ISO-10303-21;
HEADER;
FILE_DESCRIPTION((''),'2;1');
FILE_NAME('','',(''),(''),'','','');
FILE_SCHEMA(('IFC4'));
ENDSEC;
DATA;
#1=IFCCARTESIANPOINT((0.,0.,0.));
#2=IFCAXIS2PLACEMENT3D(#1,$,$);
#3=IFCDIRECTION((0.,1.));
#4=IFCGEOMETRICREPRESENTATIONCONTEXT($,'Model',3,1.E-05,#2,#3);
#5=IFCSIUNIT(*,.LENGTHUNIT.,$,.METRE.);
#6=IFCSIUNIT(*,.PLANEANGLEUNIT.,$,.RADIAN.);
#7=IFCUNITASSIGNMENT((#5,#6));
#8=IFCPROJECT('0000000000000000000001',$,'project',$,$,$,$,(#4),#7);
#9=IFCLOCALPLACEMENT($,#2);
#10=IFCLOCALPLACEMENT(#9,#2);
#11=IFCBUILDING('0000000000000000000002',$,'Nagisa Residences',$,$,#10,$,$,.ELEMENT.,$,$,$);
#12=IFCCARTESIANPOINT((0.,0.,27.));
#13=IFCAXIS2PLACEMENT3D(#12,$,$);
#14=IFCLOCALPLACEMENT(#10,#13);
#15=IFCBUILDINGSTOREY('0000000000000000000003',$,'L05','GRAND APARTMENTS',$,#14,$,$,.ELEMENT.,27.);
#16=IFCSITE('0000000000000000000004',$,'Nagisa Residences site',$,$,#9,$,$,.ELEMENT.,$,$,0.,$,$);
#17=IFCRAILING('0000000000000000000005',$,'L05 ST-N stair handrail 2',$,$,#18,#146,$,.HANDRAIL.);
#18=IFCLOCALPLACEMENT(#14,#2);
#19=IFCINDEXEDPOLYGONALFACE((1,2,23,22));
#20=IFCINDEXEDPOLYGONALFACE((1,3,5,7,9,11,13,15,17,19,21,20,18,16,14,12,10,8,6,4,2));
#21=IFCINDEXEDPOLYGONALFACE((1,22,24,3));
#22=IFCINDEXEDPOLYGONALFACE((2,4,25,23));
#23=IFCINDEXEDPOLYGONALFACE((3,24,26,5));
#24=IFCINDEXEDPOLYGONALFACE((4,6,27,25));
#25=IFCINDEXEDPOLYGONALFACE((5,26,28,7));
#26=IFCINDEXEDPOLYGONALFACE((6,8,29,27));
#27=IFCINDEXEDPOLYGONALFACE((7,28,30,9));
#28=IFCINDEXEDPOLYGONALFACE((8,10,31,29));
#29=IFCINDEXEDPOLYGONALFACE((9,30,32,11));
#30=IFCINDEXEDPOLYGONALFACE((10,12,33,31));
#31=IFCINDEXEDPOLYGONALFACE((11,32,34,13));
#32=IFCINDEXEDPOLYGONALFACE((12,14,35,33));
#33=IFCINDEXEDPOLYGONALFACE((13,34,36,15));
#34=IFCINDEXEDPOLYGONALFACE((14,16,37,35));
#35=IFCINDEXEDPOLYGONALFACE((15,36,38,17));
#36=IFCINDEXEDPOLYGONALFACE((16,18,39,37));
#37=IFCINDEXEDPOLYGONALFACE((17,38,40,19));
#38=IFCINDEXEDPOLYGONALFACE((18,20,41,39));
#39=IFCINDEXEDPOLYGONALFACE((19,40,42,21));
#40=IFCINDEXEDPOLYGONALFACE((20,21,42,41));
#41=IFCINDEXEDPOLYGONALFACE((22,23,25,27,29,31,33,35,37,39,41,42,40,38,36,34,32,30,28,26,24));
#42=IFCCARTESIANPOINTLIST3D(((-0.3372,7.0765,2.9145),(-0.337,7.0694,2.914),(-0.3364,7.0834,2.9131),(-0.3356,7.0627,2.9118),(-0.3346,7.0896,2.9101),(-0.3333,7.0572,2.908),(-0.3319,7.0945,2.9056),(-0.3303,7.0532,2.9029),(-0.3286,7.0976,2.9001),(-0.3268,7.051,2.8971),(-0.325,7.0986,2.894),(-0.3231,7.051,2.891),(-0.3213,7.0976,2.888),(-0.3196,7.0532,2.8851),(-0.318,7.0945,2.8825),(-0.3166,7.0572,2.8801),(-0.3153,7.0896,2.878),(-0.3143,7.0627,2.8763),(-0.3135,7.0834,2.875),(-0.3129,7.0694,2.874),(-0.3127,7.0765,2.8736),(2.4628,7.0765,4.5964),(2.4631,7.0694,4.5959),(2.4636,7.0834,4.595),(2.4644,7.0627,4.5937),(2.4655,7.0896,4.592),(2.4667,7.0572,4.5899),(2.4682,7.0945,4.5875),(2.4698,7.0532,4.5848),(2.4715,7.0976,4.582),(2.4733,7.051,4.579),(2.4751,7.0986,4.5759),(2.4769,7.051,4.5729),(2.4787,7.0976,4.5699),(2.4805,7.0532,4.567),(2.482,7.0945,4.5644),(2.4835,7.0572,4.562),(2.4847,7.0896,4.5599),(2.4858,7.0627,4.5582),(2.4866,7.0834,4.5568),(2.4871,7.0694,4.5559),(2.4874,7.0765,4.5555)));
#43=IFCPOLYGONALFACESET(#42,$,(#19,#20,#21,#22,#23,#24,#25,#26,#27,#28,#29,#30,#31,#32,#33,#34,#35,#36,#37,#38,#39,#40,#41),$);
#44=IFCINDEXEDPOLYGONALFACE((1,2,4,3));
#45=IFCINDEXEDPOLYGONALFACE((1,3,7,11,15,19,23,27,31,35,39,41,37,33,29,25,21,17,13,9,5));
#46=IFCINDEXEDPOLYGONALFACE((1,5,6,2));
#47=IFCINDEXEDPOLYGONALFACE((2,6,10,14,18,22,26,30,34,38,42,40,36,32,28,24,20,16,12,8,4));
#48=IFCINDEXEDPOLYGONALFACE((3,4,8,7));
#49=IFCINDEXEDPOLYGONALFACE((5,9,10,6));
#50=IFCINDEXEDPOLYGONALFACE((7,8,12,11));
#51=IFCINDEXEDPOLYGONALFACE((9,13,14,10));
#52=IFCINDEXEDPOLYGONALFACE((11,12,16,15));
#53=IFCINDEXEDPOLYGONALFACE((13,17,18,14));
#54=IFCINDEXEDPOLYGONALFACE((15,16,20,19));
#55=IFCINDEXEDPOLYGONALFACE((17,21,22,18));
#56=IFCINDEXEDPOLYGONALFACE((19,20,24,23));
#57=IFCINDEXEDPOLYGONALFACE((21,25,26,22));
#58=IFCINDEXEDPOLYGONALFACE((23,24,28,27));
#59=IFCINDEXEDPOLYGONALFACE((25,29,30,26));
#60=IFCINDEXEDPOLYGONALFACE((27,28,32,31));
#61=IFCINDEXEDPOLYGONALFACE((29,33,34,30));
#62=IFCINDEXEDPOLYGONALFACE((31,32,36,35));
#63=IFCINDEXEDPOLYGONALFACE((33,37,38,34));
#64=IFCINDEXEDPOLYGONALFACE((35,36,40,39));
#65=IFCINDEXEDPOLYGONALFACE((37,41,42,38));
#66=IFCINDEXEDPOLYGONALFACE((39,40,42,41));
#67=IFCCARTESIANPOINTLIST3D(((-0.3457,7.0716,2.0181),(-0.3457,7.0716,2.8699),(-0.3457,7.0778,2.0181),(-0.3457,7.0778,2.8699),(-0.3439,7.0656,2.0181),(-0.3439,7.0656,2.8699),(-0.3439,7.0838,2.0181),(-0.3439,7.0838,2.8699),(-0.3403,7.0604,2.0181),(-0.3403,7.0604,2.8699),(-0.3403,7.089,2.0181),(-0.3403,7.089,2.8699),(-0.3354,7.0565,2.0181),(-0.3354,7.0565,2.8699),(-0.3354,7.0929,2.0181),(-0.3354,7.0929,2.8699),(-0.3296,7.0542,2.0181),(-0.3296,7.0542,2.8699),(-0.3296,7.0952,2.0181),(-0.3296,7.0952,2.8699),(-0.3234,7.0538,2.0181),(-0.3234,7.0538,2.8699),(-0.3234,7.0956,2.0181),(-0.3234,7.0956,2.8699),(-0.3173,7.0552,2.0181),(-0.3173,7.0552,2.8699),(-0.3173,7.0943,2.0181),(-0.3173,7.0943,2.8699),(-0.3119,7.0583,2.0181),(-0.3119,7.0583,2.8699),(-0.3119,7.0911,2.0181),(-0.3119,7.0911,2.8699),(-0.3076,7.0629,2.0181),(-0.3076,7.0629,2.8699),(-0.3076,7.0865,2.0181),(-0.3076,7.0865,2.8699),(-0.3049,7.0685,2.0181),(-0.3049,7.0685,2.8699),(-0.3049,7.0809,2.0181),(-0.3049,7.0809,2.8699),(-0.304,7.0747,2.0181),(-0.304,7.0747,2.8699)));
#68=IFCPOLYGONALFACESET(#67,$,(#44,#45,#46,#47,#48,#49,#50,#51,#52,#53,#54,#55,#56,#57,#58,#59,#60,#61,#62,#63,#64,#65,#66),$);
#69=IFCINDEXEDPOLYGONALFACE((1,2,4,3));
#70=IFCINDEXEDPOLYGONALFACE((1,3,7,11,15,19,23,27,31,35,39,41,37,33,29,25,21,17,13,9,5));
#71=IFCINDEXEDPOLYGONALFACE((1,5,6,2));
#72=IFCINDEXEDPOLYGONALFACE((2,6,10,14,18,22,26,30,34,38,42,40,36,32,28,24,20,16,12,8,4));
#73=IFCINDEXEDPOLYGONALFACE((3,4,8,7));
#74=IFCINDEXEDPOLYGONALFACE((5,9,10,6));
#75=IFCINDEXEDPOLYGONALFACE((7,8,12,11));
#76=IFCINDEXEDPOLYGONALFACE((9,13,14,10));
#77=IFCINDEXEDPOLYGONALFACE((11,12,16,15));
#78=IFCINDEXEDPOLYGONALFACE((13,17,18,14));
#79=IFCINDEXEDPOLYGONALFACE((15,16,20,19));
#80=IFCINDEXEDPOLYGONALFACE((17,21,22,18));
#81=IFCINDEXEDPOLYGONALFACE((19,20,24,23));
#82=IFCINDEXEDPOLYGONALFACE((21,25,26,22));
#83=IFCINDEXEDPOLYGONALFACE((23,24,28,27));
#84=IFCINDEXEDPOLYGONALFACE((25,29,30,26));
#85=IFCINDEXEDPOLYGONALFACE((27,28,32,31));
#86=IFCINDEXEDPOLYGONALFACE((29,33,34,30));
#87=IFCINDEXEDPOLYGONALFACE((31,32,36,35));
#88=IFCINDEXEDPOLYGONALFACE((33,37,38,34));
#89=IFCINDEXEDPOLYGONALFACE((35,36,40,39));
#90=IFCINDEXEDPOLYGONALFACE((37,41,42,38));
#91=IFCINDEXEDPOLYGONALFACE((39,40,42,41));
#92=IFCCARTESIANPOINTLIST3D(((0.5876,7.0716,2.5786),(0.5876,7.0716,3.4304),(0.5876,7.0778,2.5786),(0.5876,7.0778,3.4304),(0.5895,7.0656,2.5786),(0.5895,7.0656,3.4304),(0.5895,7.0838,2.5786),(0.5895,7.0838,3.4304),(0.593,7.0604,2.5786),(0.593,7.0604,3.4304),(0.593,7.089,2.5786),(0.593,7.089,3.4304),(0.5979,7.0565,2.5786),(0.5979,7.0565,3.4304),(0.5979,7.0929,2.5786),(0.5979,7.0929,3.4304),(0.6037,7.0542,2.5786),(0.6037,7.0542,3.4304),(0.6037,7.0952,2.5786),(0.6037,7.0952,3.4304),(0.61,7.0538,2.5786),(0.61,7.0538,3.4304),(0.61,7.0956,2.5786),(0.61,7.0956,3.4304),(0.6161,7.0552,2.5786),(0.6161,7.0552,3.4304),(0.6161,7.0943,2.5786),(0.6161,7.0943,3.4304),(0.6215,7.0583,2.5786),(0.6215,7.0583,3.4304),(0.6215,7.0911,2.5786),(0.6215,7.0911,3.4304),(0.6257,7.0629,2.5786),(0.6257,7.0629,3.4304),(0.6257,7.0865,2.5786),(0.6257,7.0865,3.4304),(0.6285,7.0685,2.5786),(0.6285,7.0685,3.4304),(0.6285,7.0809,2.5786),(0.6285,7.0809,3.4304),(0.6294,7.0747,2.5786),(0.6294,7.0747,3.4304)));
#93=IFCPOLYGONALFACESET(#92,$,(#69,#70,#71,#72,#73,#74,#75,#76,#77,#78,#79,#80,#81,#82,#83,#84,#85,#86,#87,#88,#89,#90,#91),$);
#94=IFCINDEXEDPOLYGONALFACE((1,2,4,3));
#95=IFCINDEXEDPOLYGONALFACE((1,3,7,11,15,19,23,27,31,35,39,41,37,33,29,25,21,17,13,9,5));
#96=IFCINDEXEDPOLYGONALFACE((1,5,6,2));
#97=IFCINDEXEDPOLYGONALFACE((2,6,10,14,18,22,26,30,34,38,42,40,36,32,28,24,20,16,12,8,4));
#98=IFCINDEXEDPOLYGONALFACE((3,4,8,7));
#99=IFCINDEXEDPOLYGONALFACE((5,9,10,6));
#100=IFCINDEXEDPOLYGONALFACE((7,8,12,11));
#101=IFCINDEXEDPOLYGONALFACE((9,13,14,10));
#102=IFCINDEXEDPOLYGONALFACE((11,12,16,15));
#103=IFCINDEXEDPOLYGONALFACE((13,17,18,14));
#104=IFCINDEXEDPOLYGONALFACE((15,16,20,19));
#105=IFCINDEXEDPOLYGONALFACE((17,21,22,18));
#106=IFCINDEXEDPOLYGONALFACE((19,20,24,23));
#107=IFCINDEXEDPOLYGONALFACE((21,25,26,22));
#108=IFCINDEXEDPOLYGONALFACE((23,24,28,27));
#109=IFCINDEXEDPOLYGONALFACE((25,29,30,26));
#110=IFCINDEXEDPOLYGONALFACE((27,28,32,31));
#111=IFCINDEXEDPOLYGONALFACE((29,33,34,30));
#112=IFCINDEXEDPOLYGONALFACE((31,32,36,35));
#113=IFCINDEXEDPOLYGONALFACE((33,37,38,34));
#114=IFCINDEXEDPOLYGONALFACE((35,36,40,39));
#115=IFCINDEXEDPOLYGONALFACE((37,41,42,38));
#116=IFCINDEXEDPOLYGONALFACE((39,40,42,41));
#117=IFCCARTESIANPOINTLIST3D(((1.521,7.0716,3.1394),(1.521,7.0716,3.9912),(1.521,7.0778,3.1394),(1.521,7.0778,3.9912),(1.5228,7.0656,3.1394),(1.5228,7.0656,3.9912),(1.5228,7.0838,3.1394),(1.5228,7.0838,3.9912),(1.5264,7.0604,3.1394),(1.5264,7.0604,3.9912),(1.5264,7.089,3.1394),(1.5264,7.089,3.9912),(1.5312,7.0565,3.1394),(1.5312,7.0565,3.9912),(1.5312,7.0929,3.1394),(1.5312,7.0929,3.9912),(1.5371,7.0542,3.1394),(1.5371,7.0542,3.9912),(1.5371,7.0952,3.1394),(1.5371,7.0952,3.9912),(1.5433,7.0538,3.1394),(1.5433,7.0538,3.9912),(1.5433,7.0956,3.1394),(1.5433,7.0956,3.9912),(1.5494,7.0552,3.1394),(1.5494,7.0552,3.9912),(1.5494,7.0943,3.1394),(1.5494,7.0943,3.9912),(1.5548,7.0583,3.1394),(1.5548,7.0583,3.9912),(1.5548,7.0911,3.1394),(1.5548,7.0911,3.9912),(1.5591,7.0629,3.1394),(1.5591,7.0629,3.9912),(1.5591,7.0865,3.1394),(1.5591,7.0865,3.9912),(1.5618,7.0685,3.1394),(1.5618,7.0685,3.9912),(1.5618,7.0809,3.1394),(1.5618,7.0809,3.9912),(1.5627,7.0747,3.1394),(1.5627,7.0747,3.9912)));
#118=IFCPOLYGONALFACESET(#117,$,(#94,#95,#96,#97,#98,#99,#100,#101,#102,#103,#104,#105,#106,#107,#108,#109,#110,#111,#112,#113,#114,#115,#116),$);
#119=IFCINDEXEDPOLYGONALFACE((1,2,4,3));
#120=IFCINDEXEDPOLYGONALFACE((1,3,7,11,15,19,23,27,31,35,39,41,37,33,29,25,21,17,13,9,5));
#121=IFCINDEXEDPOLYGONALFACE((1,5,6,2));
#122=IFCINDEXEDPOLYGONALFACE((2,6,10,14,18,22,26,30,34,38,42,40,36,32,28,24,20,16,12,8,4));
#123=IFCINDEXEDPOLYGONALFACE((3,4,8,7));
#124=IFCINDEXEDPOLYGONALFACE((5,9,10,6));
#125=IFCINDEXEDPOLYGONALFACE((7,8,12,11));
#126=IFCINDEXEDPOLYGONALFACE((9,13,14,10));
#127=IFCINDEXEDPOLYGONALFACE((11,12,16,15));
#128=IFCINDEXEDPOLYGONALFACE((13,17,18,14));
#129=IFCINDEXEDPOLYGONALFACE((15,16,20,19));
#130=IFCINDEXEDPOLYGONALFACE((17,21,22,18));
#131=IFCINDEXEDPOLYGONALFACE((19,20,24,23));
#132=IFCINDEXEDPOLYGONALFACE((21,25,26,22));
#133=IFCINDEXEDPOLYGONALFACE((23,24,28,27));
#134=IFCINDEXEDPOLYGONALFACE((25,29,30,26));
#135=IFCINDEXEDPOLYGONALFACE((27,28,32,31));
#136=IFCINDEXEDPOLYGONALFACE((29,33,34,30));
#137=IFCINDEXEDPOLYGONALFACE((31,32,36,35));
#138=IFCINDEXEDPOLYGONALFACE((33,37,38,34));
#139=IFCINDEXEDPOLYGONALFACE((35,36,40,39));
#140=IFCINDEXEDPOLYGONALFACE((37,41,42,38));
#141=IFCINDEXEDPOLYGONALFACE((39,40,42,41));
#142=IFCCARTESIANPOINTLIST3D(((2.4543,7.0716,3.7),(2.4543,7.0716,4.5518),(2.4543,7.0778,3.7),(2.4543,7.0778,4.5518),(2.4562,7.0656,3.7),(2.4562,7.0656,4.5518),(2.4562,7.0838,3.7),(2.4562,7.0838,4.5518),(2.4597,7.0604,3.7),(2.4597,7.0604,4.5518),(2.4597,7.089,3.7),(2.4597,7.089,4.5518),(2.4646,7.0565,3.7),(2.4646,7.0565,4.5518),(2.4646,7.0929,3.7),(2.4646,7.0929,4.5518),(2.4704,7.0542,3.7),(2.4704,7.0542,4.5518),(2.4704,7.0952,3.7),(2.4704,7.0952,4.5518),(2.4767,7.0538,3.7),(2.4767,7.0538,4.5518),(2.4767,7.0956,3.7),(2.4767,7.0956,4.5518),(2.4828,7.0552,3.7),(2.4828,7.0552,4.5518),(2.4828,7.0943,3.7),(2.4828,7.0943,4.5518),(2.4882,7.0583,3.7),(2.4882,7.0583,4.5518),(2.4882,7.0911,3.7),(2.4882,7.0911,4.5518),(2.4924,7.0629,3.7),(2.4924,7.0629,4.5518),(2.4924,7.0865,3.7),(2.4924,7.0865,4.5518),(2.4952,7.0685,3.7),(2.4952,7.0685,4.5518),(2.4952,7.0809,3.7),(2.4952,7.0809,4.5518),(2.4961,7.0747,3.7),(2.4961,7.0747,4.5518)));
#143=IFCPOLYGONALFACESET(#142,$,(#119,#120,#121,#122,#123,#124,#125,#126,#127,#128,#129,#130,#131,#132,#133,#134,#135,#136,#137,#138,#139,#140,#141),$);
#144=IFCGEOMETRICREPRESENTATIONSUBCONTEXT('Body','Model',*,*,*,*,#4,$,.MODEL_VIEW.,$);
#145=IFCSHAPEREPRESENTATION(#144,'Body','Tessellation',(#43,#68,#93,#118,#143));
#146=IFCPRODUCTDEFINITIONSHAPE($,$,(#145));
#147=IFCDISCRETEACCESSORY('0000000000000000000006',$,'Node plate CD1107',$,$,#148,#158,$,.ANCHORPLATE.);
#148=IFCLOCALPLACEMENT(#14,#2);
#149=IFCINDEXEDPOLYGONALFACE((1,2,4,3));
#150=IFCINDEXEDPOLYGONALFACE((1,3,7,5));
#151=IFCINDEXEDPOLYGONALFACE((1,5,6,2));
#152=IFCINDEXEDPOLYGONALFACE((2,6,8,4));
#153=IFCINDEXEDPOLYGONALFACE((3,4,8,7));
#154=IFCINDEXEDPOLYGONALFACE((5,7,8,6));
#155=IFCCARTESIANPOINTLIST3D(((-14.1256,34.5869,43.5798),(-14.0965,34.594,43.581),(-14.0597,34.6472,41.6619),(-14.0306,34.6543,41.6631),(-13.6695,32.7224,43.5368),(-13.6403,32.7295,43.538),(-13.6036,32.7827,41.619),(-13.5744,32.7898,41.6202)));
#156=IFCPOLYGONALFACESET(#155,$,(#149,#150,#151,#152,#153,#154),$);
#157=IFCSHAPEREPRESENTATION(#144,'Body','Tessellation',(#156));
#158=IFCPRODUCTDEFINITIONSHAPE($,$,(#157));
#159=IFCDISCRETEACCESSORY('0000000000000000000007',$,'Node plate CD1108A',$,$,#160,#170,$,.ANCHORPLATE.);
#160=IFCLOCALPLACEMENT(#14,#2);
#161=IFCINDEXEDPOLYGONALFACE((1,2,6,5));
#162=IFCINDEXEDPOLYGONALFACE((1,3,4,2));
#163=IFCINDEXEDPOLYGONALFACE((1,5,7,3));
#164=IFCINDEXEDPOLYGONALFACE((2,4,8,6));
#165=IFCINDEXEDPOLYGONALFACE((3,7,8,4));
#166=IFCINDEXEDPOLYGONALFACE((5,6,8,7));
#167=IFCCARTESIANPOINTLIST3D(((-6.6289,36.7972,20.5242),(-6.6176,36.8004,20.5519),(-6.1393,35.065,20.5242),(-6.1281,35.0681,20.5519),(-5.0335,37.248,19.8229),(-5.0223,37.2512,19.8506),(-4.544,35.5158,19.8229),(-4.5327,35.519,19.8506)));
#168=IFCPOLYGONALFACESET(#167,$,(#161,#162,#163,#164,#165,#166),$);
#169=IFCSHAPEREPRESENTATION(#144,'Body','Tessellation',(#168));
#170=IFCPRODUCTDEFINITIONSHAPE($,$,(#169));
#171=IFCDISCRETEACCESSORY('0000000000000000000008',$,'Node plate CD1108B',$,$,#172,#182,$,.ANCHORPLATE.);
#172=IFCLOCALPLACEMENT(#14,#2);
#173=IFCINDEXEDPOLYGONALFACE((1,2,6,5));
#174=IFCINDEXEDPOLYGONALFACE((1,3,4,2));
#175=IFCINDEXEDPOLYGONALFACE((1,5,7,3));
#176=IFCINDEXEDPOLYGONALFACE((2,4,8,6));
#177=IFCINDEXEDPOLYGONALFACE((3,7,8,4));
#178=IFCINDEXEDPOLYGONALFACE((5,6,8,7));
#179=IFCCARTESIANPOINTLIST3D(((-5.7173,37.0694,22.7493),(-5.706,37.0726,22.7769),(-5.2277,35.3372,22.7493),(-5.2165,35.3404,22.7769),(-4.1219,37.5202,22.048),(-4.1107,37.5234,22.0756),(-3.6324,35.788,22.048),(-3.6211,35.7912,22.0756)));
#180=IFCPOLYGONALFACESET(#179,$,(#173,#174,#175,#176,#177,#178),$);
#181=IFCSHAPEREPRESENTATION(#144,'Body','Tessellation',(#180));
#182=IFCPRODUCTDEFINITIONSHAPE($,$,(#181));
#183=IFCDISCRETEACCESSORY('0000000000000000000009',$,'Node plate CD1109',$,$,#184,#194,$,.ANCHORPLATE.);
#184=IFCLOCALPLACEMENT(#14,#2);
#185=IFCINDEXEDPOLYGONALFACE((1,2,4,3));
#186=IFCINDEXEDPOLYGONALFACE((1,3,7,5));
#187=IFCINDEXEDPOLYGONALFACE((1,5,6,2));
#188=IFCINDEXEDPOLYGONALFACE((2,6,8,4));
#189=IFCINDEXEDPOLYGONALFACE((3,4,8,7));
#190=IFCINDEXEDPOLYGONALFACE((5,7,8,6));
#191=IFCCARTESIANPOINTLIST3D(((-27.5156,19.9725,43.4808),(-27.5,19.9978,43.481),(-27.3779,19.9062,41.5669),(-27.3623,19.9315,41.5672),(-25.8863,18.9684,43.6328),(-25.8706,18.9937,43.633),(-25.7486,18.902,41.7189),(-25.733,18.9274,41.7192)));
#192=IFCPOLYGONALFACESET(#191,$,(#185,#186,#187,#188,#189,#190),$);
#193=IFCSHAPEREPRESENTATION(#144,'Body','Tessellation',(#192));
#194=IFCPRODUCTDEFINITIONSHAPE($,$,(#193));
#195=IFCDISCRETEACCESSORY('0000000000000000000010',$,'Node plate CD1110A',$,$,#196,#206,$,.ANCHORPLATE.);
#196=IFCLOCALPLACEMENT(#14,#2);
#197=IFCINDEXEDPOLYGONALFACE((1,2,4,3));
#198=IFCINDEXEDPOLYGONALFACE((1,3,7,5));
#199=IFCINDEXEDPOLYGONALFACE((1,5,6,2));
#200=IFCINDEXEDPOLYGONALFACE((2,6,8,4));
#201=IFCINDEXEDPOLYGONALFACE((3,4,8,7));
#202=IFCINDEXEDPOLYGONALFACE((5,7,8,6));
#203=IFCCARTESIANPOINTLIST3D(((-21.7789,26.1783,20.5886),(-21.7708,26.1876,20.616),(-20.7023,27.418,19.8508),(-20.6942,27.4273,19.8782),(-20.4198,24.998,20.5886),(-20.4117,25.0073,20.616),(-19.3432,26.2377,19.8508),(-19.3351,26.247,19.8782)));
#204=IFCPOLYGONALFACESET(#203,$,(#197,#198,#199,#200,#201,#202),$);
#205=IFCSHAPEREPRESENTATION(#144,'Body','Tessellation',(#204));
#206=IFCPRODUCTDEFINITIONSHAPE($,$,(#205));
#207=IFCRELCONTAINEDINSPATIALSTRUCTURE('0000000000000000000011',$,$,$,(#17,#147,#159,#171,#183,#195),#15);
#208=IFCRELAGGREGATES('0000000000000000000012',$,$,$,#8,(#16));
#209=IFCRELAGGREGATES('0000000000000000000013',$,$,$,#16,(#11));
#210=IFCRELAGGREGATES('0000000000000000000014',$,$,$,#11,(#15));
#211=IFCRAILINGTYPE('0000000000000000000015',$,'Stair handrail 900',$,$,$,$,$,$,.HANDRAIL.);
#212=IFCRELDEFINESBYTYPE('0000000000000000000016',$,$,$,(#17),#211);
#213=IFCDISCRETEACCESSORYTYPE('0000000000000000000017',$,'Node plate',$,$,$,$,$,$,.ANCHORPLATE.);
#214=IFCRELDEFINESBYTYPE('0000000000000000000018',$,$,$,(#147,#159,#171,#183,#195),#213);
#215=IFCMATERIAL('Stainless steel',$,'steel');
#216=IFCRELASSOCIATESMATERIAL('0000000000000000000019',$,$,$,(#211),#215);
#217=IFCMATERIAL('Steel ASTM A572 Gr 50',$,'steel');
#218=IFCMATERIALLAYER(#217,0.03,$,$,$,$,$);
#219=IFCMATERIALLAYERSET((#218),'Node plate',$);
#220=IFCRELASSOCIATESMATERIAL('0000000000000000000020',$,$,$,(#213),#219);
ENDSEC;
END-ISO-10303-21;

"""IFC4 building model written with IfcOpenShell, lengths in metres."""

from ifc_helpers import new_model, si_unit, direction, frame, origin, origin_2d, place, context, subcontext, project, spatial, rectangle, circle, extrude, material, layer, layer_set, type_object, element, save


model = new_model("IFC4")

# Units and contexts
model_context = context("Model", 3, precision=1e-05, world=origin(), true_north=direction((0.0, 1.0)))
body_context = subcontext(model_context, "Body", "Model", "MODEL_VIEW")
ifc_project = project(units=[si_unit("LENGTHUNIT", "METRE"), si_unit("PLANEANGLEUNIT", "RADIAN")], contexts=[model_context])

# Site, building, storey
site_placement = place(None, origin())
site = spatial("IfcSite", under=ifc_project, at=site_placement, Name="Nagisa Residences site", CompositionType="ELEMENT", RefElevation=0.0)
building_placement = place(site_placement, origin())
building = spatial("IfcBuilding", under=site, at=building_placement, Name="Nagisa Residences", CompositionType="ELEMENT")
storey_placement = place(building_placement, frame((0.0, 0.0, 27.0)))
storey = spatial("IfcBuildingStorey", under=building, at=storey_placement, Name="L05", Description="GRAND APARTMENTS", CompositionType="ELEMENT", Elevation=27.0)

# Railing
ifc_material_1 = material(Name="Stainless steel", Category="steel")
railing_type = type_object("IfcRailingType", Name="Stair handrail 900", PredefinedType="HANDRAIL", material=ifc_material_1)
railing_placement = place(storey_placement, frame((-0.325, 7.0747, 2.0181)))
element("IfcRailing", 1, at=railing_placement, inside=storey, type_object=railing_type, Name="L05 ST-N stair handrail 2", PredefinedType="HANDRAIL", context=body_context, shape_type="SweptSolid", body=[
    extrude(circle(Radius=0.0239, at=origin_2d()), frame((0.0, 0.0, 0.876), z_axis=(0.857242, 0.0, 0.514913), x_axis=(0.0, 1.0, 0.0)), (0.0, 0.0, 1.0), 3.2664),
    extrude(circle(Radius=0.021, at=origin_2d()), origin(), (0.0, 0.0, 1.0), 0.8518),
    extrude(circle(Radius=0.021, at=origin_2d()), frame((0.9333, 0.0, 0.5605)), (0.0, 0.0, 1.0), 0.8518),
    extrude(circle(Radius=0.021, at=origin_2d()), frame((1.8667, 0.0, 1.1213)), (0.0, 0.0, 1.0), 0.8518),
    extrude(circle(Radius=0.021, at=origin_2d()), frame((2.8, 0.0, 1.6819)), (0.0, 0.0, 1.0), 0.8518),
])

# Discrete accessories
ifc_material_2 = material(Name="Steel ASTM A572 Gr 50", Category="steel")
ifc_layer_1 = layer(ifc_material_2, 0.03)
ifc_layer_set_1 = layer_set([ifc_layer_1], Name="Node plate")
discrete_accessory_type = type_object("IfcDiscreteAccessoryType", Name="Node plate", PredefinedType="ANCHORPLATE", material=ifc_layer_set_1)
discrete_accessory_1_placement = place(storey_placement, frame((-13.8354, 33.6919, 42.6006), z_axis=(-0.970758, -0.236571, -0.040788), x_axis=(0.034316, 0.031412, -0.998917)))
element("IfcDiscreteAccessory", 2, at=discrete_accessory_1_placement, inside=storey, type_object=discrete_accessory_type, Name="Node plate CD1107", PredefinedType="ANCHORPLATE", context=body_context, shape_type="SweptSolid", body=[
    extrude(rectangle(XDim=1.9199, YDim=1.9199, at=origin_2d()), origin(), (0.0, 0.0, 1.0), 0.03),
])
for number, where, z_axis, x_axis, name in (
    (3, (-5.5864, 36.1565, 20.1736), (0.374914, 0.105954, 0.920985), (-0.271957, 0.962309, 0.0), "Node plate CD1108A"),
    (4, (-4.6636, 36.4319, 22.4263), (-0.374914, -0.105954, -0.920985), (0.271957, -0.962309, 0.0), "Node plate CD1108B"),
):
    element("IfcDiscreteAccessory", number, at=place(storey_placement, frame(where, z_axis=z_axis, x_axis=x_axis)), inside=storey, type_object=discrete_accessory_type, Name=name, PredefinedType="ANCHORPLATE", context=body_context, shape_type="SweptSolid", body=[
        extrude(rectangle(XDim=1.8, YDim=1.8, at=origin_2d()), origin(), (0.0, 0.0, 1.0), 0.03),
    ])
discrete_accessory_2_placement = place(storey_placement, frame((-26.6321, 19.4373, 42.5999), z_axis=(0.52408, 0.85163, 0.008189), x_axis=(0.071715, -0.034548, -0.996827)))
element("IfcDiscreteAccessory", 5, at=discrete_accessory_2_placement, inside=storey, type_object=discrete_accessory_type, Name="Node plate CD1109", PredefinedType="ANCHORPLATE", context=body_context, shape_type="SweptSolid", body=[
    extrude(rectangle(XDim=1.9199, YDim=1.9199, at=origin_2d()), origin(), (0.0, 0.0, 1.0), 0.0298),
])
for number, where, z_axis, x_axis, name in (
    (6, (-20.561, 26.208, 20.2197), (0.268755, 0.309475, 0.912138), (-0.755033, 0.655687, 0.0), "Node plate CD1110A"),
):
    element("IfcDiscreteAccessory", number, at=place(storey_placement, frame(where, z_axis=z_axis, x_axis=x_axis)), inside=storey, type_object=discrete_accessory_type, Name=name, PredefinedType="ANCHORPLATE", context=body_context, shape_type="SweptSolid", body=[
        extrude(rectangle(XDim=1.8, YDim=1.8, at=origin_2d()), origin(), (0.0, 0.0, 1.0), 0.03),
    ])

save(model, "model.ifc")
